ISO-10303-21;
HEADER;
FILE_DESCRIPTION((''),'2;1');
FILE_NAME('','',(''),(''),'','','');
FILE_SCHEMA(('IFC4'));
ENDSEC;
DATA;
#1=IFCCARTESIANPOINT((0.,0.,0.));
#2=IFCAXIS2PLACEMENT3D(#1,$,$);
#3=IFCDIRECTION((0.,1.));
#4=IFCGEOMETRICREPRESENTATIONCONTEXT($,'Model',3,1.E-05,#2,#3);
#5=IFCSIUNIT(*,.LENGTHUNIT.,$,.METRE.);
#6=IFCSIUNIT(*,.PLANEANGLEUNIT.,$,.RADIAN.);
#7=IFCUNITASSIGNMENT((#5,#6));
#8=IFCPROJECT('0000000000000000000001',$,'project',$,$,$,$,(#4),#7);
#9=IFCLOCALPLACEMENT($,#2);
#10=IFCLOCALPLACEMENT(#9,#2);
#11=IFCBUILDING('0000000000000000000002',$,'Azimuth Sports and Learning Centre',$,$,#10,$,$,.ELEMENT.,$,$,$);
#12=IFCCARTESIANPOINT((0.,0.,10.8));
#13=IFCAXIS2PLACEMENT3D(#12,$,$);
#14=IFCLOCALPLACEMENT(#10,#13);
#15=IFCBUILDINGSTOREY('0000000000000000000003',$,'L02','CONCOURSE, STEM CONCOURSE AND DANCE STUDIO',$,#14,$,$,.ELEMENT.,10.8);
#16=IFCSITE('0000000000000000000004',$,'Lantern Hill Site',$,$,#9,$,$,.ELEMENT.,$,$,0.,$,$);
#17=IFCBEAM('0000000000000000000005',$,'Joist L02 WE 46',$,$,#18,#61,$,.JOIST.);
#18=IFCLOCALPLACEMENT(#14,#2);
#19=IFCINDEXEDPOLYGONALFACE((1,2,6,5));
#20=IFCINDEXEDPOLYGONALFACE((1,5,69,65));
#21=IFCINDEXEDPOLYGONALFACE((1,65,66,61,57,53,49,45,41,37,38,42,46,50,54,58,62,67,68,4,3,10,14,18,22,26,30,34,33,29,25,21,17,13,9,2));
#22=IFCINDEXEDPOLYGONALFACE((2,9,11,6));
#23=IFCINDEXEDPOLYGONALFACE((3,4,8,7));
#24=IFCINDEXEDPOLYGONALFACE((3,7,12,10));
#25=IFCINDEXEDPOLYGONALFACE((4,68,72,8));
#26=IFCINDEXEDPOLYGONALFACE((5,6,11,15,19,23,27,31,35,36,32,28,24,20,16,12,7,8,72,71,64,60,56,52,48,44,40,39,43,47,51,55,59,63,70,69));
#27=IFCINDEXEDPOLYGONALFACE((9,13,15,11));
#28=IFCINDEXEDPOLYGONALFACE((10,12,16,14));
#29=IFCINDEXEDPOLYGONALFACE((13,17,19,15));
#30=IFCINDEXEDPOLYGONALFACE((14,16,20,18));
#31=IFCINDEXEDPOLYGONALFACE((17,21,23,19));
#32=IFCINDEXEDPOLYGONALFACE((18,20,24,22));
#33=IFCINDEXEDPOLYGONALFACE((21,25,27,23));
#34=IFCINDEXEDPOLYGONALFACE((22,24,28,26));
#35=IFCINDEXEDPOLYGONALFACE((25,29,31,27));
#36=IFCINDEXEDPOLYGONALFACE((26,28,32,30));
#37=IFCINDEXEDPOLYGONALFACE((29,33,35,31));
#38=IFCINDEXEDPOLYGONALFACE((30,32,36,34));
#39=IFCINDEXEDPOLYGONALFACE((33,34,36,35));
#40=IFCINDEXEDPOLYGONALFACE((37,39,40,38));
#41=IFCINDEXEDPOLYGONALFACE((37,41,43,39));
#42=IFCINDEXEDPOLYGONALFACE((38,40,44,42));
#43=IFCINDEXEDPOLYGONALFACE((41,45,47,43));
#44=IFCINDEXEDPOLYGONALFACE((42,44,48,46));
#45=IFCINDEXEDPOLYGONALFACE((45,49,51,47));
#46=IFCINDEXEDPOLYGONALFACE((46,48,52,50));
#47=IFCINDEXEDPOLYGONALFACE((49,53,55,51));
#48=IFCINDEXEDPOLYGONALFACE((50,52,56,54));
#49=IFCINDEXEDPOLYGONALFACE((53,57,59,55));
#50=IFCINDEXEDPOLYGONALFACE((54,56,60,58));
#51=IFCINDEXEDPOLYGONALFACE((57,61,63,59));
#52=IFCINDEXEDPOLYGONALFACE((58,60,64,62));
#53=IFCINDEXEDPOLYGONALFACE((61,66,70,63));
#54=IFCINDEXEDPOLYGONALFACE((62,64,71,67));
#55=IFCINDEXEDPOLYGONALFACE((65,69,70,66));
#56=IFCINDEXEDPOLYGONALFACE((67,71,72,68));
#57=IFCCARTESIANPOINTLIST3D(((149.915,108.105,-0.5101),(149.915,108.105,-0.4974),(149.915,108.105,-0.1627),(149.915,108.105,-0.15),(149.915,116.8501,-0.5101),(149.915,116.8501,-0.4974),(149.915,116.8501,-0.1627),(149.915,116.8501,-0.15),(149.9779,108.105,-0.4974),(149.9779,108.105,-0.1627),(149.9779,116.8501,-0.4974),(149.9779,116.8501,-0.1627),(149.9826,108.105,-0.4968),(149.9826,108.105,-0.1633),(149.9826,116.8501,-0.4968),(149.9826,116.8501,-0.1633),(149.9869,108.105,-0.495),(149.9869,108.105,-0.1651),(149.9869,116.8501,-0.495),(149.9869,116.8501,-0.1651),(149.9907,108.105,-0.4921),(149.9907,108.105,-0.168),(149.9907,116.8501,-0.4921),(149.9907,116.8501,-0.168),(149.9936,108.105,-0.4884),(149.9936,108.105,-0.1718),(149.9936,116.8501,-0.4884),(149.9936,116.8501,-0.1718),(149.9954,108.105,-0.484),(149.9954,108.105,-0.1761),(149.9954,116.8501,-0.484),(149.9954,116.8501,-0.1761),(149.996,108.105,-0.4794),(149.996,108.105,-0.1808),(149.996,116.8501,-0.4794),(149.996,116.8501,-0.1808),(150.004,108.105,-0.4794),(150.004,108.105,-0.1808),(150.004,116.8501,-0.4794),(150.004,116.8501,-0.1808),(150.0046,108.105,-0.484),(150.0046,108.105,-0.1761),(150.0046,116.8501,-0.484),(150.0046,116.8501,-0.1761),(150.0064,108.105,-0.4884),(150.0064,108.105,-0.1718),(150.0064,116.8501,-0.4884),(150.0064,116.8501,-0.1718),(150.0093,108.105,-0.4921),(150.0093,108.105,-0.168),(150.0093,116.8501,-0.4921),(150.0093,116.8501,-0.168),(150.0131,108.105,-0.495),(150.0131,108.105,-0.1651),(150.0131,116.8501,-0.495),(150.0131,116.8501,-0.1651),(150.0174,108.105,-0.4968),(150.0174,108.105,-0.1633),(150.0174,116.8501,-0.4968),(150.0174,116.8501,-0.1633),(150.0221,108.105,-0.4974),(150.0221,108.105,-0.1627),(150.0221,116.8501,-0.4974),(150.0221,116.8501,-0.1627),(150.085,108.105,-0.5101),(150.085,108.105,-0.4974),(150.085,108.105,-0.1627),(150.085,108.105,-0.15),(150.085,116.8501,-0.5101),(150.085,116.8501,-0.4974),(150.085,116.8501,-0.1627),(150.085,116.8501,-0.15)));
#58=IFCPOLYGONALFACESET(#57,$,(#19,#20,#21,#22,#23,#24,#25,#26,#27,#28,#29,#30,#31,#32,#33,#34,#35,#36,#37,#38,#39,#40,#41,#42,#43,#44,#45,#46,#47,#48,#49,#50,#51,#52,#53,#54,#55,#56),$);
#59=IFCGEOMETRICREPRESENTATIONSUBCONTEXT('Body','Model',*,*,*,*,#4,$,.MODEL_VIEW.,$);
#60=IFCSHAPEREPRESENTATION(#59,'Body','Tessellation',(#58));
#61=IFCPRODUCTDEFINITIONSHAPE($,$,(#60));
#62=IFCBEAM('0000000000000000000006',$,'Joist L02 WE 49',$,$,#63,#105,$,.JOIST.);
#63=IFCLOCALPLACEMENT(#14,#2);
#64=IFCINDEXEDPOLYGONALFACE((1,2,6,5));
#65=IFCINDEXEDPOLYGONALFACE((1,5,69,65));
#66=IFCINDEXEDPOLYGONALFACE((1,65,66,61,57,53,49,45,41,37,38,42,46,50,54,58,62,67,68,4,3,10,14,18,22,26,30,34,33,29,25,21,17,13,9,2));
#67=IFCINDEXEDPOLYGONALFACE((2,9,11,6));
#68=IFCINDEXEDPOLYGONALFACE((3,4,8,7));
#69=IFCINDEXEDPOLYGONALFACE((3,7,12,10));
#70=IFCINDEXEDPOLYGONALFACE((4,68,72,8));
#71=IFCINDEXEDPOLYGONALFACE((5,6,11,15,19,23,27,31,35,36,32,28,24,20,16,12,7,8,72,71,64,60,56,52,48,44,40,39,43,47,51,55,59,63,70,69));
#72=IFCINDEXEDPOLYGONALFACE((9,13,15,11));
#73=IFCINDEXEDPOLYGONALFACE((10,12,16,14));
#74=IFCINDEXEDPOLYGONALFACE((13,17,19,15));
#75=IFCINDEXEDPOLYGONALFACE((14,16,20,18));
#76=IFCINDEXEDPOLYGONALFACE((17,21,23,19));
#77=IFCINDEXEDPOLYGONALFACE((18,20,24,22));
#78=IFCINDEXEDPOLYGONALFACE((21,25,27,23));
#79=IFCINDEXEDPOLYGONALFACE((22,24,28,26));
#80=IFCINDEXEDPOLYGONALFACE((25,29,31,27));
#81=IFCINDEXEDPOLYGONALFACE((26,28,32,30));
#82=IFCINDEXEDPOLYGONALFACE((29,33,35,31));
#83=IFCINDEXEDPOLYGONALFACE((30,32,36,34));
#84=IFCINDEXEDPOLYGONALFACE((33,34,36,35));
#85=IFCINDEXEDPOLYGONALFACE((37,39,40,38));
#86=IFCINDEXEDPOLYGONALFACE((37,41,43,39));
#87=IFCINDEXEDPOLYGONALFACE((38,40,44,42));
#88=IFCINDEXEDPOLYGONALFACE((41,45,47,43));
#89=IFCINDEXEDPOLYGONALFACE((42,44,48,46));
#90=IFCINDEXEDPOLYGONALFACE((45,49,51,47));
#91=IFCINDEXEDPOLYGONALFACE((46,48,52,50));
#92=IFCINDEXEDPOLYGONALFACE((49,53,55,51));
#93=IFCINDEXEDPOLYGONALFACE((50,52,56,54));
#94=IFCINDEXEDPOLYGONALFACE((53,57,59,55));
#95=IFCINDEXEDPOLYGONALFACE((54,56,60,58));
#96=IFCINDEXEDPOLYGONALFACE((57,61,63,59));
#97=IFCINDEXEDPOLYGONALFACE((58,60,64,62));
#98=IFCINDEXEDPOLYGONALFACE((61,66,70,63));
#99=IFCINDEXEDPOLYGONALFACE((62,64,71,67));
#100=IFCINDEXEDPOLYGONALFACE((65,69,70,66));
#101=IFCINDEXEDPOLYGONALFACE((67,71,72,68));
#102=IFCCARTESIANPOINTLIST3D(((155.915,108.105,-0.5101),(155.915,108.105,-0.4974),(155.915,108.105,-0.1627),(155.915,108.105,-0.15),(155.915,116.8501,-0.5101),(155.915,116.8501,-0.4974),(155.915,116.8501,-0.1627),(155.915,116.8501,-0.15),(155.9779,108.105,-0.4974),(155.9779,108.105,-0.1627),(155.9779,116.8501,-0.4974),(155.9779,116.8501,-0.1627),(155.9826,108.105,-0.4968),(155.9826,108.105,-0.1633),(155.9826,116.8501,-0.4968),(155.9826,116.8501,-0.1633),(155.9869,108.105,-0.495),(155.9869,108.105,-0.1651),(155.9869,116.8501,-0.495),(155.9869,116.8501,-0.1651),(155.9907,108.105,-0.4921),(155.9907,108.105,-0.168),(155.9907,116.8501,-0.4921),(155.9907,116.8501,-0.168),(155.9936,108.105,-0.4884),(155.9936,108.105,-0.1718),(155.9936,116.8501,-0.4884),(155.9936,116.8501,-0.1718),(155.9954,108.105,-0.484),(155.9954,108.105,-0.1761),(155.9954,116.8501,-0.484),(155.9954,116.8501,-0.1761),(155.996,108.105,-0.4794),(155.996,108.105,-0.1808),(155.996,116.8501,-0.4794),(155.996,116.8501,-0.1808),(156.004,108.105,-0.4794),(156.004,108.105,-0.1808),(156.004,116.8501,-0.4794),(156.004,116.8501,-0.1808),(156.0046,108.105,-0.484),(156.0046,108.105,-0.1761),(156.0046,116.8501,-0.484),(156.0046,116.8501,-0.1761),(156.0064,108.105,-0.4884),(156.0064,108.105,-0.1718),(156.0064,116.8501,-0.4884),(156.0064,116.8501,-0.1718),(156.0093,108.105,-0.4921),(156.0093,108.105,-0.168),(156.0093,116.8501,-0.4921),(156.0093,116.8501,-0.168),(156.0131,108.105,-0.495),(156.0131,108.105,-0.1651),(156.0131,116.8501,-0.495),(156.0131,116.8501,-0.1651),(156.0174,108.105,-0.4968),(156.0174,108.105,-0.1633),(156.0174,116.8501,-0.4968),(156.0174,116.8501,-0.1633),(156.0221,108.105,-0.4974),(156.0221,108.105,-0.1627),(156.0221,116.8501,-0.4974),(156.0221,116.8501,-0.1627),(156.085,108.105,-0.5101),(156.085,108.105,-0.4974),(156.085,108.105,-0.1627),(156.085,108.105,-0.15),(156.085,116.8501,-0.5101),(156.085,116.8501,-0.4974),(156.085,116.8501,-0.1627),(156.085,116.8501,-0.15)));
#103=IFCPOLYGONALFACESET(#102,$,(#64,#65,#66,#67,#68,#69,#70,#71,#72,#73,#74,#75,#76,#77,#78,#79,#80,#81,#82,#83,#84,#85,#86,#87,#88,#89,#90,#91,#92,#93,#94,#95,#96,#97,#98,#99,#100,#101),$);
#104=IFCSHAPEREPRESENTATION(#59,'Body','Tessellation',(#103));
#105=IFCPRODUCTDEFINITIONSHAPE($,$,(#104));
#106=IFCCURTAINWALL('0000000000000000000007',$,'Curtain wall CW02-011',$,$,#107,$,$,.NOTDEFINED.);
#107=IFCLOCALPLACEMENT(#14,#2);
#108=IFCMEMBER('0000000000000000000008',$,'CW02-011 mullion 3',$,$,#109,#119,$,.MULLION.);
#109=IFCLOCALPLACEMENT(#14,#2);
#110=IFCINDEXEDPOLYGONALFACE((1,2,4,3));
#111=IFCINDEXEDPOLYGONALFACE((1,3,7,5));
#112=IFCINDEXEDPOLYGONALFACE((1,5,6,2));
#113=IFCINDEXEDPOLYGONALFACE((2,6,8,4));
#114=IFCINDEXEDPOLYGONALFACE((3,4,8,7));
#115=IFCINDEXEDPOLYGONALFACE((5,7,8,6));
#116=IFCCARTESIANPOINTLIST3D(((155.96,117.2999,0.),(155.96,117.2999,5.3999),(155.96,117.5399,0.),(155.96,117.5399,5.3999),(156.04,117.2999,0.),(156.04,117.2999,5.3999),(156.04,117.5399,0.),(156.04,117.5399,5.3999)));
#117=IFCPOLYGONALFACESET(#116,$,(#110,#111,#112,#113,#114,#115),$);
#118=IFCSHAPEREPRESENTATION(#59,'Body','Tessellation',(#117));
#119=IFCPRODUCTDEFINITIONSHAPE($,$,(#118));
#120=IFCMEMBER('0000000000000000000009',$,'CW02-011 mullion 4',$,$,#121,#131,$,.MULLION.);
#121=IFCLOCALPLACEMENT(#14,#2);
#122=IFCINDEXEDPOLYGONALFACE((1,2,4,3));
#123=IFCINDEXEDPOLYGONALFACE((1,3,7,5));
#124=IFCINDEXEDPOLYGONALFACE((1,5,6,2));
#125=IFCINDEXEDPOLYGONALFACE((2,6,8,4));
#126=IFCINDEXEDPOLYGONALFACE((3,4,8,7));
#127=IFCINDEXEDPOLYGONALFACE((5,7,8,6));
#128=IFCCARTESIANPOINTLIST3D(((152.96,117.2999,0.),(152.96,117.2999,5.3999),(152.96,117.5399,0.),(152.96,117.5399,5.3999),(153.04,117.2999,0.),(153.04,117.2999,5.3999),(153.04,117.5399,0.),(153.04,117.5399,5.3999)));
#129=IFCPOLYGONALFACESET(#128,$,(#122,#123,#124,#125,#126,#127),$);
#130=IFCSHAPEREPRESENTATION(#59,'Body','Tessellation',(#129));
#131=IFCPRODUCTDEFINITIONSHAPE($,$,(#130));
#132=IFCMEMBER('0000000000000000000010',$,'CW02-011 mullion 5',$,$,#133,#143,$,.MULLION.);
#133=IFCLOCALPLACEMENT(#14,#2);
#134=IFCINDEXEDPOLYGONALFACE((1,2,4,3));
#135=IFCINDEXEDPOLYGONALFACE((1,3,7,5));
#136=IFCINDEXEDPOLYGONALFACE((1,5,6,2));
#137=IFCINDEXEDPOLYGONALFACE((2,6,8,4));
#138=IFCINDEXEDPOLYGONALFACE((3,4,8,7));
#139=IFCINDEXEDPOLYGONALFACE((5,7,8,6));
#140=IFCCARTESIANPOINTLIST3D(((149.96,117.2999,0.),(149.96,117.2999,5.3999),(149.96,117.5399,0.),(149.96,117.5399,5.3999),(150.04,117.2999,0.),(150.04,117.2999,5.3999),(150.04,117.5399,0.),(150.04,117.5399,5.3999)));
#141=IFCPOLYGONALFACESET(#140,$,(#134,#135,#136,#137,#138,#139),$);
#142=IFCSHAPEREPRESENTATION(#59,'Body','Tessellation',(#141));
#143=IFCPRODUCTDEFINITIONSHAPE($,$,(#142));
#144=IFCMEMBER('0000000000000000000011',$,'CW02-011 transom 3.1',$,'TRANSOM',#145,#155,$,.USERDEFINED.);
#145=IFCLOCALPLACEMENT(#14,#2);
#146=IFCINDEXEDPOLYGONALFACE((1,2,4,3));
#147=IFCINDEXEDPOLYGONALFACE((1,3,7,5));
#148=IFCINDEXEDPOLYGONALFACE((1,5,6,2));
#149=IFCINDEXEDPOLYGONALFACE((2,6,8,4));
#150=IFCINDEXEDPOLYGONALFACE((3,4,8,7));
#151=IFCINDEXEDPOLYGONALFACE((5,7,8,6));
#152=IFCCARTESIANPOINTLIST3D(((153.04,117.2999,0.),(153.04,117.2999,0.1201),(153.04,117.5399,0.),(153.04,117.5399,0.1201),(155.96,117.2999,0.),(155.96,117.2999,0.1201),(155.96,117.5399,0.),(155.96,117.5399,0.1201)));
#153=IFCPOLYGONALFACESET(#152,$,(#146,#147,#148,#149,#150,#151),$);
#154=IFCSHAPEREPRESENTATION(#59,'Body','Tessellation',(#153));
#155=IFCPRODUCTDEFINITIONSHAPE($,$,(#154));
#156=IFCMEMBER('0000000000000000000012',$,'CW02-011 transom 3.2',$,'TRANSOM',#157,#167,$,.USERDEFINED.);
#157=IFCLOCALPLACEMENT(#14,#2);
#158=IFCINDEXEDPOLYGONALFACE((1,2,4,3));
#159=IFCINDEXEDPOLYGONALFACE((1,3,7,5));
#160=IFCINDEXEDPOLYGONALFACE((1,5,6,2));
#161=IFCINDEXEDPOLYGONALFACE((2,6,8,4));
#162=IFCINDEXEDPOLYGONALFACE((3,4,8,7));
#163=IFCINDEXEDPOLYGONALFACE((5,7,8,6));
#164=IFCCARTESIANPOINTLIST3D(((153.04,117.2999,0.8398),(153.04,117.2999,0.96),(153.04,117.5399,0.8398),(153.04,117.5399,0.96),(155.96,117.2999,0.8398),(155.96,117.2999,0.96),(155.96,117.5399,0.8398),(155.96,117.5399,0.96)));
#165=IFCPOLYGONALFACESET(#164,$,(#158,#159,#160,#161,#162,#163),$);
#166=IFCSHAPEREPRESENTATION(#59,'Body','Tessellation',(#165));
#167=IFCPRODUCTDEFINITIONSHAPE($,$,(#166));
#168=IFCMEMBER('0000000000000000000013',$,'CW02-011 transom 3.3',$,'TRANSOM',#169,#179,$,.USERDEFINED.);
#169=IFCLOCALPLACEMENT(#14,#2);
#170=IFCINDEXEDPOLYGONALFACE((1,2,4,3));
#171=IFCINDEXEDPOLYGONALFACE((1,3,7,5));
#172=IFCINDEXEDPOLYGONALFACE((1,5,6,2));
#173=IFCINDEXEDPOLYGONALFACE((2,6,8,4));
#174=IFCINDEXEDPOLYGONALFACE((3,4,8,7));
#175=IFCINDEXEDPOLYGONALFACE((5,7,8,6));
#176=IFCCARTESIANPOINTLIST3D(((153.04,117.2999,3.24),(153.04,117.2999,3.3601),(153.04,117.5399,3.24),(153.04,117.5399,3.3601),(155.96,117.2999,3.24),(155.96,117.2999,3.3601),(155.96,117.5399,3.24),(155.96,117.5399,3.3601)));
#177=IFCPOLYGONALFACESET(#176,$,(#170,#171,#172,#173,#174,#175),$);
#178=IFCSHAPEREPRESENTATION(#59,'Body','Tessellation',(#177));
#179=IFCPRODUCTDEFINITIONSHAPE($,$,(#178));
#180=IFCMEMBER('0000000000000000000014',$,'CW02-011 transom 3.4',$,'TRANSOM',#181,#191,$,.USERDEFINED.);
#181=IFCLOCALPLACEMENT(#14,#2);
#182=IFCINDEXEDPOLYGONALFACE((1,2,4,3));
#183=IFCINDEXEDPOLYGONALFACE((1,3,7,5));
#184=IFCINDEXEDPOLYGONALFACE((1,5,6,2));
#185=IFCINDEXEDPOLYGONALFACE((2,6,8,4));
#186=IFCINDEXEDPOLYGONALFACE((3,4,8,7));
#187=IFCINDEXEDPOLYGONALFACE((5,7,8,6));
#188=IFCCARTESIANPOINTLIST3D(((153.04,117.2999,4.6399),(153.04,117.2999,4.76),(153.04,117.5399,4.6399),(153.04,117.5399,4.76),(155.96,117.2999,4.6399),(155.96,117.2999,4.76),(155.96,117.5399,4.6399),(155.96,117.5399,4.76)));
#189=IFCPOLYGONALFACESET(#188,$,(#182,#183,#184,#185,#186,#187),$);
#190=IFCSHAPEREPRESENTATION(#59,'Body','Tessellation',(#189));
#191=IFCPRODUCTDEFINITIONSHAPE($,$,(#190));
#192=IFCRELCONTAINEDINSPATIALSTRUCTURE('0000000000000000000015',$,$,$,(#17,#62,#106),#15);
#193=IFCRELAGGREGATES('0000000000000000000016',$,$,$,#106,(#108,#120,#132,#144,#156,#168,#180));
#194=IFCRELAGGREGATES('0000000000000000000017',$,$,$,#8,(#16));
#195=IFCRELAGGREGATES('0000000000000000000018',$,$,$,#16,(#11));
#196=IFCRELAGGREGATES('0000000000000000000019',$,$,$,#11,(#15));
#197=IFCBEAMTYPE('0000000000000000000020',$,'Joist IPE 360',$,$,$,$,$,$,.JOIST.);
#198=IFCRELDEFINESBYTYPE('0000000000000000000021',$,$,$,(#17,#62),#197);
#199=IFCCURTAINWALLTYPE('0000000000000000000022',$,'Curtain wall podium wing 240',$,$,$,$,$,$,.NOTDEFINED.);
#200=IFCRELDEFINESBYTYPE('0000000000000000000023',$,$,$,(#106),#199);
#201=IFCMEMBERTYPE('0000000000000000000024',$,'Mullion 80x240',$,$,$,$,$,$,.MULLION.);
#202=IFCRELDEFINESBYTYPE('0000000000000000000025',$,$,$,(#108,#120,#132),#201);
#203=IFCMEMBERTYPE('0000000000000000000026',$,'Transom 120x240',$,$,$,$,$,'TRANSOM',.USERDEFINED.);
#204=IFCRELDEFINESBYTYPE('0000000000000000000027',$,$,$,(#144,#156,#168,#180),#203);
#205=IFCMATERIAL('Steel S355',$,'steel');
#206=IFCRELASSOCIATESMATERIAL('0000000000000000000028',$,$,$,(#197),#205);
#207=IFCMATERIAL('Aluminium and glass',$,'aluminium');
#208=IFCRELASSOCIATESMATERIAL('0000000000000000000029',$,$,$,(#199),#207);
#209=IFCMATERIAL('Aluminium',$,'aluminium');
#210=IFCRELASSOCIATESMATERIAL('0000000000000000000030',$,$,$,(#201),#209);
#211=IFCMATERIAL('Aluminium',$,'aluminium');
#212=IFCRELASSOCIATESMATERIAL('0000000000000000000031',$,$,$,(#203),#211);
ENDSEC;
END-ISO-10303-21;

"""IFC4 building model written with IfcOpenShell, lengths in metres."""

from ifc_helpers import new_model, si_unit, direction, frame, origin, origin_2d, place, context, subcontext, project, spatial, rectangle, i_section, extrude, material, material_profile, profile_set, type_object, element, aggregate, save


model = new_model("IFC4")

# Units and contexts
model_context = context("Model", 3, precision=1e-05, world=origin(), true_north=direction((0.0, 1.0)))
body_context = subcontext(model_context, "Body", "Model", "MODEL_VIEW")
ifc_project = project(units=[si_unit("LENGTHUNIT", "METRE"), si_unit("PLANEANGLEUNIT", "RADIAN")], contexts=[model_context])

# Site, building, storey
site_placement = place(None, origin())
site = spatial("IfcSite", under=ifc_project, at=site_placement, Name="Lantern Hill Site", CompositionType="ELEMENT", RefElevation=0.0)
building_placement = place(site_placement, origin())
building = spatial("IfcBuilding", under=site, at=building_placement, Name="Azimuth Sports and Learning Centre", CompositionType="ELEMENT")
storey_placement = place(building_placement, frame((0.0, 0.0, 10.8)))
storey = spatial("IfcBuildingStorey", under=building, at=storey_placement, Name="L02", Description="CONCOURSE, STEM CONCOURSE AND DANCE STUDIO", CompositionType="ELEMENT", Elevation=10.8)

# Beams
ifc_material_1 = material(Name="Steel S355", Category="steel")
ifc_material_profile_1 = material_profile(ifc_material_1, i_section(OverallWidth=0.1699, OverallDepth=0.3601, WebThickness=0.0081, FlangeThickness=0.0127, FilletRadius=0.0181, at=origin_2d()), Name="IPE 360")
ifc_profile_set_1 = profile_set([ifc_material_profile_1], Name="Steel S355")
beam_type_1 = type_object("IfcBeamType", Name="Joist IPE 360", PredefinedType="JOIST", material=ifc_profile_set_1)
for number, where, z_axis, x_axis, name in (
    (1, (150.0, 108.105, -0.3301), (0.0, 1.0, 0.0), (-1.0, 0.0, 0.0), "Joist L02 WE 46"),
    (2, (156.0, 108.105, -0.3301), (0.0, 1.0, 0.0), (-1.0, 0.0, 0.0), "Joist L02 WE 49"),
):
    element("IfcBeam", number, at=place(storey_placement, frame(where, z_axis=z_axis, x_axis=x_axis)), inside=storey, type_object=beam_type_1, Name=name, PredefinedType="JOIST", context=body_context, shape_type="SweptSolid", body=[
        extrude(i_section(OverallWidth=0.1699, OverallDepth=0.3601, WebThickness=0.0081, FlangeThickness=0.0127, FilletRadius=0.0181, at=origin_2d()), origin(), (0.0, 0.0, 1.0), 8.7451),
    ])

# Curtain wall, members
ifc_material_2 = material(Name="Aluminium and glass", Category="aluminium")
curtain_wall_type = type_object("IfcCurtainWallType", Name="Curtain wall podium wing 240", PredefinedType="NOTDEFINED", material=ifc_material_2)
curtain_wall_placement = place(storey_placement, origin())
curtain_wall = element("IfcCurtainWall", 3, at=curtain_wall_placement, inside=storey, type_object=curtain_wall_type, Name="Curtain wall CW02-011", PredefinedType="NOTDEFINED")
ifc_material_3 = material(Name="Aluminium", Category="aluminium")
ifc_material_profile_2 = material_profile(ifc_material_3, rectangle(XDim=0.24, YDim=0.0801, at=origin_2d()), Name="Mullion 80x240")
ifc_profile_set_2 = profile_set([ifc_material_profile_2], Name="Aluminium")
member_type_1 = type_object("IfcMemberType", Name="Mullion 80x240", PredefinedType="MULLION", material=ifc_profile_set_2)
member_1_placement = place(storey_placement, frame((156.0, 117.4199, 0.0), z_axis=(0.0, 0.0, 1.0), x_axis=(0.0, -1.0, 0.0)))
member_1 = element("IfcMember", 4, at=member_1_placement, type_object=member_type_1, Name="CW02-011 mullion 3", PredefinedType="MULLION", context=body_context, shape_type="SweptSolid", body=[
    extrude(rectangle(XDim=0.24, YDim=0.0801, at=origin_2d()), origin(), (0.0, 0.0, 1.0), 5.3999),
])
member_2_placement = place(storey_placement, frame((153.0, 117.4199, 0.0), z_axis=(0.0, 0.0, 1.0), x_axis=(0.0, -1.0, 0.0)))
member_2 = element("IfcMember", 5, at=member_2_placement, type_object=member_type_1, Name="CW02-011 mullion 4", PredefinedType="MULLION", context=body_context, shape_type="SweptSolid", body=[
    extrude(rectangle(XDim=0.24, YDim=0.0801, at=origin_2d()), origin(), (0.0, 0.0, 1.0), 5.3999),
])
member_3_placement = place(storey_placement, frame((150.0, 117.4199, 0.0), z_axis=(0.0, 0.0, 1.0), x_axis=(0.0, -1.0, 0.0)))
member_3 = element("IfcMember", 6, at=member_3_placement, type_object=member_type_1, Name="CW02-011 mullion 5", PredefinedType="MULLION", context=body_context, shape_type="SweptSolid", body=[
    extrude(rectangle(XDim=0.24, YDim=0.0801, at=origin_2d()), origin(), (0.0, 0.0, 1.0), 5.3999),
])
ifc_material_4 = material(Name="Aluminium", Category="aluminium")
ifc_material_profile_3 = material_profile(ifc_material_4, rectangle(XDim=0.24, YDim=0.1201, at=origin_2d()), Name="Transom 120x240")
ifc_profile_set_3 = profile_set([ifc_material_profile_3], Name="Aluminium")
member_type_2 = type_object("IfcMemberType", Name="Transom 120x240", ElementType="TRANSOM", PredefinedType="USERDEFINED", material=ifc_profile_set_3)
member_4_placement = place(storey_placement, frame((155.96, 117.4199, 0.0601), z_axis=(-1.0, 0.0, 0.0), x_axis=(0.0, -1.0, 0.0)))
member_4 = element("IfcMember", 7, at=member_4_placement, type_object=member_type_2, Name="CW02-011 transom 3.1", ObjectType="TRANSOM", PredefinedType="USERDEFINED", context=body_context, shape_type="SweptSolid", body=[
    extrude(rectangle(XDim=0.24, YDim=0.1201, at=origin_2d()), origin(), (0.0, 0.0, 1.0), 2.9199),
])
member_5_placement = place(storey_placement, frame((155.96, 117.4199, 0.8999), z_axis=(-1.0, 0.0, 0.0), x_axis=(0.0, -1.0, 0.0)))
member_5 = element("IfcMember", 8, at=member_5_placement, type_object=member_type_2, Name="CW02-011 transom 3.2", ObjectType="TRANSOM", PredefinedType="USERDEFINED", context=body_context, shape_type="SweptSolid", body=[
    extrude(rectangle(XDim=0.24, YDim=0.1201, at=origin_2d()), origin(), (0.0, 0.0, 1.0), 2.9199),
])
member_6_placement = place(storey_placement, frame((155.96, 117.4199, 3.3), z_axis=(-1.0, 0.0, 0.0), x_axis=(0.0, -1.0, 0.0)))
member_6 = element("IfcMember", 9, at=member_6_placement, type_object=member_type_2, Name="CW02-011 transom 3.3", ObjectType="TRANSOM", PredefinedType="USERDEFINED", context=body_context, shape_type="SweptSolid", body=[
    extrude(rectangle(XDim=0.24, YDim=0.1201, at=origin_2d()), origin(), (0.0, 0.0, 1.0), 2.9199),
])
member_7_placement = place(storey_placement, frame((155.96, 117.4199, 4.7), z_axis=(-1.0, 0.0, 0.0), x_axis=(0.0, -1.0, 0.0)))
member_7 = element("IfcMember", 10, at=member_7_placement, type_object=member_type_2, Name="CW02-011 transom 3.4", ObjectType="TRANSOM", PredefinedType="USERDEFINED", context=body_context, shape_type="SweptSolid", body=[
    extrude(rectangle(XDim=0.24, YDim=0.1201, at=origin_2d()), origin(), (0.0, 0.0, 1.0), 2.9199),
])
aggregate(curtain_wall, [member_1, member_2, member_3, member_4, member_5, member_6, member_7])

save(model, "model.ifc")
